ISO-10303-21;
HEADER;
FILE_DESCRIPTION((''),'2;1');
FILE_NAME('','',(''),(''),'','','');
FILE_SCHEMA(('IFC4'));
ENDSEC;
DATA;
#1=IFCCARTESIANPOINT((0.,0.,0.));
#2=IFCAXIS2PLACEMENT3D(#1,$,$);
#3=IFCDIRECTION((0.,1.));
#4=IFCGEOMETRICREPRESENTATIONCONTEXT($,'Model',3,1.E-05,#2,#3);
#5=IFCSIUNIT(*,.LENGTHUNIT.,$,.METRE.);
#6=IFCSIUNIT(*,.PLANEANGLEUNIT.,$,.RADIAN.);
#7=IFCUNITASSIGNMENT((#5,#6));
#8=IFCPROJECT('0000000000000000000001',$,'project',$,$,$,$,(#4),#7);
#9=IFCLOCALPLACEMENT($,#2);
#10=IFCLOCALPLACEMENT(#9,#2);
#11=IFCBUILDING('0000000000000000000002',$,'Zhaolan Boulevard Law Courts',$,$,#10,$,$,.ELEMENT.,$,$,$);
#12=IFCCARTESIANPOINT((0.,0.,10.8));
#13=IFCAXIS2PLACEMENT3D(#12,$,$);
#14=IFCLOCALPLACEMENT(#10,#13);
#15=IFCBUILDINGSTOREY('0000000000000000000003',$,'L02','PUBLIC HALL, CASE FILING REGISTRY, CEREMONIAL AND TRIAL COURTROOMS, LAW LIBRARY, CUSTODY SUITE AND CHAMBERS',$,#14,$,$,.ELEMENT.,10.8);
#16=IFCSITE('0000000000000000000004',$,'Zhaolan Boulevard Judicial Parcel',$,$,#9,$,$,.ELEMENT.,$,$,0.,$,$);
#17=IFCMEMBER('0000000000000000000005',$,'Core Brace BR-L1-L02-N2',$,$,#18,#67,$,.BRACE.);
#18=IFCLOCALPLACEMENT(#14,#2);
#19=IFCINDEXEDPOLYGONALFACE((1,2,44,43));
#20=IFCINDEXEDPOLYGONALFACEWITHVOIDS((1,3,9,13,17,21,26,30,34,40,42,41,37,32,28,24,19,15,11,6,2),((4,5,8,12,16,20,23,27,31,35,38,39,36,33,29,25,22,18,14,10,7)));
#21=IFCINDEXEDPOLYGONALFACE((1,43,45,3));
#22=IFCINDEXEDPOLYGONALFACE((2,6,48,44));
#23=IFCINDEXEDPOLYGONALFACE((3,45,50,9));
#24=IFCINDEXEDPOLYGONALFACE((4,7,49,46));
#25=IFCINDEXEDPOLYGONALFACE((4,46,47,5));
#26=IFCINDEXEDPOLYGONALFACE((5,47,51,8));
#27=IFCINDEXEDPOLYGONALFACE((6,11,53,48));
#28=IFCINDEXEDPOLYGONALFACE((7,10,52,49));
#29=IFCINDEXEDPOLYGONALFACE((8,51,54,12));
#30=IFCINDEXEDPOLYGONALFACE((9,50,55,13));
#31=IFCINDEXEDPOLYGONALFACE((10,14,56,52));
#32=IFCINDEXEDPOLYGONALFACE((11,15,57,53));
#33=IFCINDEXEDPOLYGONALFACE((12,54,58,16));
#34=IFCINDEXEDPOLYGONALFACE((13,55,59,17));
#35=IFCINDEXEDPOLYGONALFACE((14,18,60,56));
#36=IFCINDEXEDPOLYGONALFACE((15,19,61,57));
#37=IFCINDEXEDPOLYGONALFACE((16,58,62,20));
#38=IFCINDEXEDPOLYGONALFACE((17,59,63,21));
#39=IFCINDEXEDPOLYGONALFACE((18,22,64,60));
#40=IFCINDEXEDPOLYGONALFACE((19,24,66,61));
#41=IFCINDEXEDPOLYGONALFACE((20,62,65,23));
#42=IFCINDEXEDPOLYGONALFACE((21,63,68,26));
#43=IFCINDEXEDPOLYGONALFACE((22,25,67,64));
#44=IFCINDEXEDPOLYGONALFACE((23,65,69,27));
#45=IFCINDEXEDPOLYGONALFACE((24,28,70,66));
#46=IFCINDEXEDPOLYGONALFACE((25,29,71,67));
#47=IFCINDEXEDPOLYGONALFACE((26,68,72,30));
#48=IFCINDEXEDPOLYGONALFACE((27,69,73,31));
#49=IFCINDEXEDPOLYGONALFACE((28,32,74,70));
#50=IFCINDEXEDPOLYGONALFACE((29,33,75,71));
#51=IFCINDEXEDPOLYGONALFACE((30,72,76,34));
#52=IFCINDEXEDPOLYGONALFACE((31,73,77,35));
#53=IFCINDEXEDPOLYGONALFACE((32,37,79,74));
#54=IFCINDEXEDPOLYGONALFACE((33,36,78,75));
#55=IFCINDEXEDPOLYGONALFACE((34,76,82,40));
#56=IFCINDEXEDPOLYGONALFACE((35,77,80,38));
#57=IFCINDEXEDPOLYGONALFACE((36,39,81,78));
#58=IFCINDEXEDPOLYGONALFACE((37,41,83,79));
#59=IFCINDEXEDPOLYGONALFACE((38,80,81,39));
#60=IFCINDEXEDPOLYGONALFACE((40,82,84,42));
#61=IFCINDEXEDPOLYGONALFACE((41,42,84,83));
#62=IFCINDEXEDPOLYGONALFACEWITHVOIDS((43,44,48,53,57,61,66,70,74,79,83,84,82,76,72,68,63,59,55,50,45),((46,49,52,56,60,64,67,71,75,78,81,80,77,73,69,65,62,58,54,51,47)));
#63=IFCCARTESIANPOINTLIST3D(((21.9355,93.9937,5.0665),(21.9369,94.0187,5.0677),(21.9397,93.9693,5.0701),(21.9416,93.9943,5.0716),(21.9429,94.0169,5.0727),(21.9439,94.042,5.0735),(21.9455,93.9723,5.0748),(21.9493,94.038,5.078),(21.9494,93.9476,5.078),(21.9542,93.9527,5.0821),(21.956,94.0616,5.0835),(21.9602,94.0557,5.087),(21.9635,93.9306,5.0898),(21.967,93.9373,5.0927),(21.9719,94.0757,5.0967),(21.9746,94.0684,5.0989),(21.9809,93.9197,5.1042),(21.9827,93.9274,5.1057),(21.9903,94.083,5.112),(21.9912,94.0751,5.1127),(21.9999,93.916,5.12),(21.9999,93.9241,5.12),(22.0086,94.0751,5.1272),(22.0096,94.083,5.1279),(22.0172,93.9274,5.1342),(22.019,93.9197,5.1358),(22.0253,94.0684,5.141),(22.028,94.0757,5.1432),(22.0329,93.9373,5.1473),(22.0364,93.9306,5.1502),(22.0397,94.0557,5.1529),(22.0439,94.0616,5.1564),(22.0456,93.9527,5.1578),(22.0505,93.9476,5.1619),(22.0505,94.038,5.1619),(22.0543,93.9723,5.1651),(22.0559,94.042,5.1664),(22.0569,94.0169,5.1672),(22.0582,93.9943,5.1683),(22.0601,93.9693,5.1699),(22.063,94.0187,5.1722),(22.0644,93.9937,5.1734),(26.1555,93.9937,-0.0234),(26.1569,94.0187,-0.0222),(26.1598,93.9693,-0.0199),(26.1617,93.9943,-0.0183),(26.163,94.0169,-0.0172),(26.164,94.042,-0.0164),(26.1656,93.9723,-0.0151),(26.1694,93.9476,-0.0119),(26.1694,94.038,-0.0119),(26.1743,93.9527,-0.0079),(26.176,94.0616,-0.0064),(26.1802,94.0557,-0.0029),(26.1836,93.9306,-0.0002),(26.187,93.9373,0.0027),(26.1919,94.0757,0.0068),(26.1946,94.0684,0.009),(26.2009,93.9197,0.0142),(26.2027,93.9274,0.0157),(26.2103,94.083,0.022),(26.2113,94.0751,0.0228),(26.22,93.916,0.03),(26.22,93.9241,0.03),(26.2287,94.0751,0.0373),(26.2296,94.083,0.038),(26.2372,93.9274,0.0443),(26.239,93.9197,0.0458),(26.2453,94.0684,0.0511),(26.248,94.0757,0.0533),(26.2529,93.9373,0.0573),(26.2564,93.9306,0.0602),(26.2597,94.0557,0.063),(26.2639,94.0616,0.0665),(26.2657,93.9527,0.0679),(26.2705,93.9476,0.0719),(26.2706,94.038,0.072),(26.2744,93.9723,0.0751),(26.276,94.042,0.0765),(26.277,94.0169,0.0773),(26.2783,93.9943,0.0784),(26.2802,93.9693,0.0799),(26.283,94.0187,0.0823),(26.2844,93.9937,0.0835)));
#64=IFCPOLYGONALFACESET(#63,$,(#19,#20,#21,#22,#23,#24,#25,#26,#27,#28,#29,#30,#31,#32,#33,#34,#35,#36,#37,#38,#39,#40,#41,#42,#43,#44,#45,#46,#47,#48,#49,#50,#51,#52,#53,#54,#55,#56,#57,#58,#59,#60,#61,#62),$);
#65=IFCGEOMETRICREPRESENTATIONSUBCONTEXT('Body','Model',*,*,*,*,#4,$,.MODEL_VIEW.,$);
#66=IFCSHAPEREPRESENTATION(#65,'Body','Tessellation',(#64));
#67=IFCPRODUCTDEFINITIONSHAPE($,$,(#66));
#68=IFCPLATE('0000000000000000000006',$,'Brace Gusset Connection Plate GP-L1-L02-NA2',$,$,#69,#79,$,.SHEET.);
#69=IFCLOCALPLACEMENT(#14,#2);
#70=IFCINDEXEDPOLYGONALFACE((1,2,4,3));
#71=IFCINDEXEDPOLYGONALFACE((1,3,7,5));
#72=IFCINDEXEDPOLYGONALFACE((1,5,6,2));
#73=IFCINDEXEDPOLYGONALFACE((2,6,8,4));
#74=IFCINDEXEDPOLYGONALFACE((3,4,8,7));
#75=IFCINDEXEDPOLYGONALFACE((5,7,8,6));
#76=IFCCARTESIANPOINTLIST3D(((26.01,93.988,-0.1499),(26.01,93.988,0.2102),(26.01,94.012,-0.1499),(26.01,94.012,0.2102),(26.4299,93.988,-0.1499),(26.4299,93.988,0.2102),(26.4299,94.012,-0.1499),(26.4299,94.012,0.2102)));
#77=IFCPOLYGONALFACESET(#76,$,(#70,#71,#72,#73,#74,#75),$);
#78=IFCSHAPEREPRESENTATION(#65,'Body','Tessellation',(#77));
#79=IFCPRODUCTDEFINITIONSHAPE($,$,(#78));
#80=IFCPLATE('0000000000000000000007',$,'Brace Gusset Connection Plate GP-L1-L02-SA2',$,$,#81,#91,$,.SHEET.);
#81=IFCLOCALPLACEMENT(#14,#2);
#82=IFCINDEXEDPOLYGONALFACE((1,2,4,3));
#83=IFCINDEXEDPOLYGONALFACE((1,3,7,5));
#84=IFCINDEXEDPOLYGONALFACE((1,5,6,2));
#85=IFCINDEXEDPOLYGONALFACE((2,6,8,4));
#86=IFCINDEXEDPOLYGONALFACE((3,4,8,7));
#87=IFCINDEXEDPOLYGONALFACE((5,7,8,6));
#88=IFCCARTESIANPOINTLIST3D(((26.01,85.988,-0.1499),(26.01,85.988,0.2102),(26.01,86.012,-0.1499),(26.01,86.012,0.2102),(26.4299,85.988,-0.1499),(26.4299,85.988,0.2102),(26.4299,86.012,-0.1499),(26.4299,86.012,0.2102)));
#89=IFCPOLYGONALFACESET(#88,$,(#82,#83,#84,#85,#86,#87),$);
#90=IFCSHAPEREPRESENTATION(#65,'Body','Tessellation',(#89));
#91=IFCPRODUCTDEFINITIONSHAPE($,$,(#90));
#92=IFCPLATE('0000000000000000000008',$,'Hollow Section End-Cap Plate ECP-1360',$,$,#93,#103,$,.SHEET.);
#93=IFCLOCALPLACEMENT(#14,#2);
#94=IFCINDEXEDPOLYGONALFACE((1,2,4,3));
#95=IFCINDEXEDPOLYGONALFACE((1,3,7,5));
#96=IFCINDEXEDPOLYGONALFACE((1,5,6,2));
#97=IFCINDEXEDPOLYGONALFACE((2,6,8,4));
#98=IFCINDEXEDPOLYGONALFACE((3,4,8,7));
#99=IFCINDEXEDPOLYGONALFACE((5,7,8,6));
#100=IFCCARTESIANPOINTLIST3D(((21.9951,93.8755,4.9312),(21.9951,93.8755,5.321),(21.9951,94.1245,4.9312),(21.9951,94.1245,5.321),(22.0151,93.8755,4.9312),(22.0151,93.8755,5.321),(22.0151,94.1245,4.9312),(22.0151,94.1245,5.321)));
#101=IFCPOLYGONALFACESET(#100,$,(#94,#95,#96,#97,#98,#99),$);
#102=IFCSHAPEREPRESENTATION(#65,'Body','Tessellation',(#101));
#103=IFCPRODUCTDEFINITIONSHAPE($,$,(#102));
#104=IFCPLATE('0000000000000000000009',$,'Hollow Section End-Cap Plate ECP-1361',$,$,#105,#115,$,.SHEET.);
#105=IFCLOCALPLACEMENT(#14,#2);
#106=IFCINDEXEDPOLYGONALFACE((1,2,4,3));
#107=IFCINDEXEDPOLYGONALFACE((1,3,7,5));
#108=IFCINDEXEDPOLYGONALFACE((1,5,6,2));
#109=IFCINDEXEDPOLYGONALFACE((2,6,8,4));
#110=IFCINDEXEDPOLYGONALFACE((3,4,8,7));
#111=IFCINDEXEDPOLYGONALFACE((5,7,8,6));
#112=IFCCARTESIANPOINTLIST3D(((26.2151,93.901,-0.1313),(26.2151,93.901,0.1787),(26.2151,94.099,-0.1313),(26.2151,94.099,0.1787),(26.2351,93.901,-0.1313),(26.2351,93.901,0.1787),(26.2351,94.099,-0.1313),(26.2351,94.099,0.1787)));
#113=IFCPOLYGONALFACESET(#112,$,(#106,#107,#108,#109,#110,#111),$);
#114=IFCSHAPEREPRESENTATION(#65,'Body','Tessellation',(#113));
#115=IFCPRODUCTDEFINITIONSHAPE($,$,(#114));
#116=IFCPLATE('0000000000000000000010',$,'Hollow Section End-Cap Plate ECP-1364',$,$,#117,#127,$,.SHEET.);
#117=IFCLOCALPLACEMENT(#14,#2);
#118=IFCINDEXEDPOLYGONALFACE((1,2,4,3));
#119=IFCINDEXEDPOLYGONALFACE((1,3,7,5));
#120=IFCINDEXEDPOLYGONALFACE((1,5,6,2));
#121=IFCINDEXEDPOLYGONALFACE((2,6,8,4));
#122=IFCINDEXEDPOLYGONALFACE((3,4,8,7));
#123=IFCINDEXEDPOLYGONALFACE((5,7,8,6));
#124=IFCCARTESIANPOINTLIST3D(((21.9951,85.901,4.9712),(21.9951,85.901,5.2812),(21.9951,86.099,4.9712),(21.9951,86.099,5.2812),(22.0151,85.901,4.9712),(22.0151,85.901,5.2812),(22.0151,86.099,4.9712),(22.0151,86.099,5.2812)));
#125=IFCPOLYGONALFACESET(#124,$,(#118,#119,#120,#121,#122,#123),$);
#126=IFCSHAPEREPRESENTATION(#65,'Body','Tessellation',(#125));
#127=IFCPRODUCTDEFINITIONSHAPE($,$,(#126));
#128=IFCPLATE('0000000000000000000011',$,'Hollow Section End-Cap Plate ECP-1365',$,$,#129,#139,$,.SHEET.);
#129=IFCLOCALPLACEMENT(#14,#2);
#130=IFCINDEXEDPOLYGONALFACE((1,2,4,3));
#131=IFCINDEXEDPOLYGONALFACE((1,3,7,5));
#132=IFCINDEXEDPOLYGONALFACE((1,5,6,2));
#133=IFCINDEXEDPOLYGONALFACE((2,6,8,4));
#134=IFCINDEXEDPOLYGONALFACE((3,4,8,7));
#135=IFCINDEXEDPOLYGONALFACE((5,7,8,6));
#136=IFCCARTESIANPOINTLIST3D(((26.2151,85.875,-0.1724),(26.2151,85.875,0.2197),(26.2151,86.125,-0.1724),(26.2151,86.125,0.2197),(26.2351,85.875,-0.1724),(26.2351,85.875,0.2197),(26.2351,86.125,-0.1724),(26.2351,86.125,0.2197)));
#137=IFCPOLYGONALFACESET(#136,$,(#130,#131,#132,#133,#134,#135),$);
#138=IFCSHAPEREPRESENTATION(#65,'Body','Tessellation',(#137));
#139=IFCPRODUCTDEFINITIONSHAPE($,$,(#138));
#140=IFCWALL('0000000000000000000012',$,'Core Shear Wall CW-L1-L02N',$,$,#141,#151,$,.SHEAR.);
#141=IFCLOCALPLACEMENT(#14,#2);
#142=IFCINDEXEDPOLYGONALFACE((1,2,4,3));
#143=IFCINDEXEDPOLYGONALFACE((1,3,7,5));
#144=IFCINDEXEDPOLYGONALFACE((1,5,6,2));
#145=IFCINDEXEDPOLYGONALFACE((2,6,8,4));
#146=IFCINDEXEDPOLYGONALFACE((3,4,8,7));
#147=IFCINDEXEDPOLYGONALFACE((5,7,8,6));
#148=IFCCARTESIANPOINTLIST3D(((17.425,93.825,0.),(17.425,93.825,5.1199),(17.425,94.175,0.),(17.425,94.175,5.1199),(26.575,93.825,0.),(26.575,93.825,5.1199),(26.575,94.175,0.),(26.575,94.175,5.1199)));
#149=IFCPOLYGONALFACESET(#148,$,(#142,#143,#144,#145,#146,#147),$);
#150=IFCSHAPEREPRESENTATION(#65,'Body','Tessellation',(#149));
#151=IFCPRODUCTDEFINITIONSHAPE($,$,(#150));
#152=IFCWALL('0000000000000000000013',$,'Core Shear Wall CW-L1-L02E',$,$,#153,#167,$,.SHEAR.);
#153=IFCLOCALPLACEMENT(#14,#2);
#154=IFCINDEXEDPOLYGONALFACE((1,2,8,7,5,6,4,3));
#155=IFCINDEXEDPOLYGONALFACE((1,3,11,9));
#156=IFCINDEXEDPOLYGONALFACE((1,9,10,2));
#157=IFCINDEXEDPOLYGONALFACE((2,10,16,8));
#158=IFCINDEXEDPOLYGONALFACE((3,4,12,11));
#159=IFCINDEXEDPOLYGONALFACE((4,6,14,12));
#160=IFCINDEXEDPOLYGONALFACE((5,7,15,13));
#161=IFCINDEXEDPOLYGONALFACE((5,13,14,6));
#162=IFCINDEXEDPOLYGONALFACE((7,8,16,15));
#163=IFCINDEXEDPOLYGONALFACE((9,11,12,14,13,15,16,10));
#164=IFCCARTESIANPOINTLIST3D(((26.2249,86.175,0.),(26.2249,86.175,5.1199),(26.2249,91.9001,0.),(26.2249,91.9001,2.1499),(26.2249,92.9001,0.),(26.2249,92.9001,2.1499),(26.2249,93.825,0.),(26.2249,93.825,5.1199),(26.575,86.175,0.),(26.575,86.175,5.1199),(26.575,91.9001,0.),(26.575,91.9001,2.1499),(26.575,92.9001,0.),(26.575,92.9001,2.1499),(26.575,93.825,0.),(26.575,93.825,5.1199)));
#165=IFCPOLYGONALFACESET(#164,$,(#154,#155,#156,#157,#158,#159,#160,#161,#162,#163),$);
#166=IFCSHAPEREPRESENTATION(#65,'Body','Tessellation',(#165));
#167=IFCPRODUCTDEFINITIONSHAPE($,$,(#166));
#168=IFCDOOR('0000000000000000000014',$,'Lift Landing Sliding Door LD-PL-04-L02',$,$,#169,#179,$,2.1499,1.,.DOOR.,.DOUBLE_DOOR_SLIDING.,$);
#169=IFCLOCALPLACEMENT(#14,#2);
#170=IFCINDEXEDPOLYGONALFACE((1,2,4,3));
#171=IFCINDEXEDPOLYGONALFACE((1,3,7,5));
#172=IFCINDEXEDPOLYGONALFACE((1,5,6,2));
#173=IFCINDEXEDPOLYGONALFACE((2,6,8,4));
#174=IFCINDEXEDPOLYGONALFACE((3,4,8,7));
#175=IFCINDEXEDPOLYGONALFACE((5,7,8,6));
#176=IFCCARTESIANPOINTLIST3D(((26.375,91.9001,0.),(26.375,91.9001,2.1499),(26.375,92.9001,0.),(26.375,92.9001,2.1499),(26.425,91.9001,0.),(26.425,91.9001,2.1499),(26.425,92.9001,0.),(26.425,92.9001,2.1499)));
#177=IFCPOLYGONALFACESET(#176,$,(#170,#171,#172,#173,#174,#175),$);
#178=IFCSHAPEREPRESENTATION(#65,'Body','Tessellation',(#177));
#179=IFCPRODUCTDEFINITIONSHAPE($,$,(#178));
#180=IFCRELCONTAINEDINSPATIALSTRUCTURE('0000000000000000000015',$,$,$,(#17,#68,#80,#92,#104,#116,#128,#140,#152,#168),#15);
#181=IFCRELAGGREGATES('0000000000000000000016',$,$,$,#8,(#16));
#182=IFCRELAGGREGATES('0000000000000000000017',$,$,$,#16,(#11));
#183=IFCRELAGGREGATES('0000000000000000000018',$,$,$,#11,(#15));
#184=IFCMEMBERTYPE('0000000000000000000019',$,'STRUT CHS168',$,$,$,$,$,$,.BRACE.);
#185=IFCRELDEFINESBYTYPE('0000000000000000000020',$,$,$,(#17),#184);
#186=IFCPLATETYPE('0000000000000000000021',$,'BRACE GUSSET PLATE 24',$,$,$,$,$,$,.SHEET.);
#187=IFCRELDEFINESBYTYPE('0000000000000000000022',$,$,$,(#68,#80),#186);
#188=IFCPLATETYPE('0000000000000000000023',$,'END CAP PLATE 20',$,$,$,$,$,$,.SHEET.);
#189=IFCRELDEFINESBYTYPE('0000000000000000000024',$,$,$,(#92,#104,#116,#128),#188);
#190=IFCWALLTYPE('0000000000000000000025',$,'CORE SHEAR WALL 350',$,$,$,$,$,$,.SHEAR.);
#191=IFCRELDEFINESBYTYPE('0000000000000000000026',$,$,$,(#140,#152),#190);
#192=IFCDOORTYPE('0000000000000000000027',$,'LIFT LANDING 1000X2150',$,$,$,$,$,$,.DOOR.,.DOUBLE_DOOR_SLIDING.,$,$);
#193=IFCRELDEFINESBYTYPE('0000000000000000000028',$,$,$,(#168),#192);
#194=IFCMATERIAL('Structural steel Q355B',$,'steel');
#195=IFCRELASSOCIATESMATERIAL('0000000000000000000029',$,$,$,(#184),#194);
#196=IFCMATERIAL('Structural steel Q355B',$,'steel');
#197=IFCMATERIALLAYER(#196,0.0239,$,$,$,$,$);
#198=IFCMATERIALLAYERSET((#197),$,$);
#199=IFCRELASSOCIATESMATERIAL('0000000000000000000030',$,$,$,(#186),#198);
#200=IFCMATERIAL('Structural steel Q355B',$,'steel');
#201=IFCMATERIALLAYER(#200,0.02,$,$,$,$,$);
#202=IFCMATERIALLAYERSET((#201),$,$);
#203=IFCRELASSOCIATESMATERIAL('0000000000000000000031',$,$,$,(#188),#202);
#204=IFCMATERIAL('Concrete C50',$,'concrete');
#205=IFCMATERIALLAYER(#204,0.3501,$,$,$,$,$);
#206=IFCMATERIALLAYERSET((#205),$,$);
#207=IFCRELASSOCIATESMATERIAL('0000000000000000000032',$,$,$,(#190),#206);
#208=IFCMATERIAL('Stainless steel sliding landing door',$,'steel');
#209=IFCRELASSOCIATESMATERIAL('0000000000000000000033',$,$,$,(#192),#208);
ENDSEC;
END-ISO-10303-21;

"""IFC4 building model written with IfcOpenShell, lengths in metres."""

from ifc_helpers import new_model, si_unit, direction, frame, frame_2d, origin, origin_2d, place, context, subcontext, project, spatial, rectangle, hollow_circle, extrude, material, layer, layer_set, material_profile, profile_set, type_object, element, fill, save


model = new_model("IFC4")

# Units and contexts
model_context = context("Model", 3, precision=1e-05, world=origin(), true_north=direction((0.0, 1.0)))
body_context = subcontext(model_context, "Body", "Model", "MODEL_VIEW")
ifc_project = project(units=[si_unit("LENGTHUNIT", "METRE"), si_unit("PLANEANGLEUNIT", "RADIAN")], contexts=[model_context])

# Site, building, storey
site_placement = place(None, origin())
site = spatial("IfcSite", under=ifc_project, at=site_placement, Name="Zhaolan Boulevard Judicial Parcel", CompositionType="ELEMENT", RefElevation=0.0)
building_placement = place(site_placement, origin())
building = spatial("IfcBuilding", under=site, at=building_placement, Name="Zhaolan Boulevard Law Courts", CompositionType="ELEMENT")
storey_placement = place(building_placement, frame((0.0, 0.0, 10.8)))
storey = spatial("IfcBuildingStorey", under=building, at=storey_placement, Name="L02", Description="PUBLIC HALL, CASE FILING REGISTRY, CEREMONIAL AND TRIAL COURTROOMS, LAW LIBRARY, CUSTODY SUITE AND CHAMBERS", CompositionType="ELEMENT", Elevation=10.8)

# Member
ifc_material_1 = material(Name="Structural steel Q355B", Category="steel")
ifc_material_profile_1 = material_profile(ifc_material_1, hollow_circle(Radius=0.084, WallThickness=0.0081, at=origin_2d()), Name="CHS168x8")
ifc_profile_set_1 = profile_set([ifc_material_profile_1], Name="Structural steel Q355B")
member_type_1 = type_object("IfcMemberType", Name="STRUT CHS168", PredefinedType="BRACE", material=ifc_profile_set_1)
member_1_placement = place(storey_placement, frame((26.22, 94.0, 0.03), z_axis=(-0.638257, 0.0, 0.769823), x_axis=(0.0, -1.0, 0.0)))
element("IfcMember", 1, at=member_1_placement, inside=storey, type_object=member_type_1, Name="Core Brace BR-L1-L02-N2", PredefinedType="BRACE", context=body_context, shape_type="SweptSolid", body=[
    extrude(hollow_circle(Radius=0.084, WallThickness=0.0081, at=origin_2d()), origin(), (0.0, 0.0, 1.0), 6.6118),
])

# Plates
ifc_material_2 = material(Name="Structural steel Q355B", Category="steel")
ifc_layer_1 = layer(ifc_material_2, 0.0239)
ifc_layer_set_1 = layer_set([ifc_layer_1])
plate_type_1 = type_object("IfcPlateType", Name="BRACE GUSSET PLATE 24", PredefinedType="SHEET", material=ifc_layer_set_1)
for number, where, z_axis, x_axis, name in (
    (2, (26.22, 94.0, -0.1499), (0.0, 0.0, 1.0), (1.0, 0.0, 0.0), "Brace Gusset Connection Plate GP-L1-L02-NA2"),
    (3, (26.22, 86.0, -0.1499), (0.0, 0.0, 1.0), (1.0, 0.0, 0.0), "Brace Gusset Connection Plate GP-L1-L02-SA2"),
):
    element("IfcPlate", number, at=place(storey_placement, frame(where, z_axis=z_axis, x_axis=x_axis)), inside=storey, type_object=plate_type_1, Name=name, PredefinedType="SHEET", context=body_context, shape_type="SweptSolid", body=[
        extrude(rectangle(XDim=0.4199, YDim=0.0239, at=origin_2d()), origin(), (0.0, 0.0, 1.0), 0.3601),
    ])
ifc_material_3 = material(Name="Structural steel Q355B", Category="steel")
ifc_layer_2 = layer(ifc_material_3, 0.02)
ifc_layer_set_2 = layer_set([ifc_layer_2])
plate_type_2 = type_object("IfcPlateType", Name="END CAP PLATE 20", PredefinedType="SHEET", material=ifc_layer_set_2)
plate_1_placement = place(storey_placement, frame((22.0051, 94.0, 4.9312), z_axis=(0.0, 0.0, 1.0), x_axis=(1.0, 0.0, 0.0)))
element("IfcPlate", 4, at=plate_1_placement, inside=storey, type_object=plate_type_2, Name="Hollow Section End-Cap Plate ECP-1360", PredefinedType="SHEET", context=body_context, shape_type="SweptSolid", body=[
    extrude(rectangle(XDim=0.02, YDim=0.249, at=origin_2d()), origin(), (0.0, 0.0, 1.0), 0.3899),
])
for number, where, z_axis, x_axis, name in (
    (5, (26.2251, 94.0, -0.1313), (0.0, 0.0, 1.0), (-1.0, 0.0, 0.0), "Hollow Section End-Cap Plate ECP-1361"),
    (6, (22.0051, 86.0, 4.9712), (0.0, 0.0, 1.0), (1.0, 0.0, 0.0), "Hollow Section End-Cap Plate ECP-1364"),
):
    element("IfcPlate", number, at=place(storey_placement, frame(where, z_axis=z_axis, x_axis=x_axis)), inside=storey, type_object=plate_type_2, Name=name, PredefinedType="SHEET", context=body_context, shape_type="SweptSolid", body=[
        extrude(rectangle(XDim=0.02, YDim=0.198, at=origin_2d()), origin(), (0.0, 0.0, 1.0), 0.3101),
    ])
plate_2_placement = place(storey_placement, frame((26.2251, 86.0, -0.1724), z_axis=(0.0, 0.0, 1.0), x_axis=(-1.0, 0.0, 0.0)))
element("IfcPlate", 7, at=plate_2_placement, inside=storey, type_object=plate_type_2, Name="Hollow Section End-Cap Plate ECP-1365", PredefinedType="SHEET", context=body_context, shape_type="SweptSolid", body=[
    extrude(rectangle(XDim=0.02, YDim=0.25, at=origin_2d()), origin(), (0.0, 0.0, 1.0), 0.3921),
])

# Wall
ifc_material_4 = material(Name="Concrete C50", Category="concrete")
ifc_layer_3 = layer(ifc_material_4, 0.3501)
ifc_layer_set_3 = layer_set([ifc_layer_3])
wall_type = type_object("IfcWallType", Name="CORE SHEAR WALL 350", PredefinedType="SHEAR", material=ifc_layer_set_3)
wall_1_placement = place(storey_placement, frame((26.575, 94.0, 0.0), z_axis=(0.0, 0.0, 1.0), x_axis=(-1.0, 0.0, 0.0)))
element("IfcWall", 8, at=wall_1_placement, inside=storey, type_object=wall_type, Name="Core Shear Wall CW-L1-L02N", PredefinedType="SHEAR", context=body_context, shape_type="SweptSolid", body=[
    extrude(rectangle(XDim=9.1499, YDim=0.3501, at=frame_2d((4.575, 0.0))), origin(), (0.0, 0.0, 1.0), 5.1199),
])

# Wall, opening, door
wall_2_placement = place(storey_placement, frame((26.3999, 86.175, 0.0), z_axis=(0.0, 0.0, 1.0), x_axis=(0.0, 1.0, 0.0)))
wall_2 = element("IfcWall", 9, at=wall_2_placement, inside=storey, type_object=wall_type, Name="Core Shear Wall CW-L1-L02E", PredefinedType="SHEAR", context=body_context, shape_type="SweptSolid", body=[
    extrude(rectangle(XDim=7.6499, YDim=0.3501, at=frame_2d((3.825, 0.0))), origin(), (0.0, 0.0, 1.0), 5.1199),
])
opening_placement = place(wall_2_placement, frame((5.7251, 0.0, 0.0)))
opening = element("IfcOpeningElement", 10, at=opening_placement, cuts=wall_2, PredefinedType="OPENING", context=body_context, shape_type="SweptSolid", body=[
    extrude(rectangle(XDim=1.0, YDim=2.1499, at=frame_2d((0.5, 1.075))), frame((0.0, 0.1851, 0.0), z_axis=(0.0, -1.0, 0.0), x_axis=(1.0, 0.0, 0.0)), (0.0, 0.0, 1.0), 0.3701),
])
ifc_material_5 = material(Name="Stainless steel sliding landing door", Category="steel")
door_type = type_object("IfcDoorType", Name="LIFT LANDING 1000X2150", OperationType="DOUBLE_DOOR_SLIDING", PredefinedType="DOOR", material=ifc_material_5)
door_placement = place(opening_placement, origin())
door = element("IfcDoor", 11, at=door_placement, inside=storey, type_object=door_type, Name="Lift Landing Sliding Door LD-PL-04-L02", OperationType="DOUBLE_DOOR_SLIDING", OverallHeight=2.1499, OverallWidth=1.0, PredefinedType="DOOR", context=body_context, shape_type="SweptSolid", body=[
    extrude(rectangle(XDim=1.0, YDim=2.1499, at=frame_2d((0.5, 1.075))), frame((0.0, 0.0249, 0.0), z_axis=(0.0, -1.0, 0.0), x_axis=(1.0, 0.0, 0.0)), (0.0, 0.0, 1.0), 0.05),
])
fill(opening, door)

save(model, "model.ifc")
